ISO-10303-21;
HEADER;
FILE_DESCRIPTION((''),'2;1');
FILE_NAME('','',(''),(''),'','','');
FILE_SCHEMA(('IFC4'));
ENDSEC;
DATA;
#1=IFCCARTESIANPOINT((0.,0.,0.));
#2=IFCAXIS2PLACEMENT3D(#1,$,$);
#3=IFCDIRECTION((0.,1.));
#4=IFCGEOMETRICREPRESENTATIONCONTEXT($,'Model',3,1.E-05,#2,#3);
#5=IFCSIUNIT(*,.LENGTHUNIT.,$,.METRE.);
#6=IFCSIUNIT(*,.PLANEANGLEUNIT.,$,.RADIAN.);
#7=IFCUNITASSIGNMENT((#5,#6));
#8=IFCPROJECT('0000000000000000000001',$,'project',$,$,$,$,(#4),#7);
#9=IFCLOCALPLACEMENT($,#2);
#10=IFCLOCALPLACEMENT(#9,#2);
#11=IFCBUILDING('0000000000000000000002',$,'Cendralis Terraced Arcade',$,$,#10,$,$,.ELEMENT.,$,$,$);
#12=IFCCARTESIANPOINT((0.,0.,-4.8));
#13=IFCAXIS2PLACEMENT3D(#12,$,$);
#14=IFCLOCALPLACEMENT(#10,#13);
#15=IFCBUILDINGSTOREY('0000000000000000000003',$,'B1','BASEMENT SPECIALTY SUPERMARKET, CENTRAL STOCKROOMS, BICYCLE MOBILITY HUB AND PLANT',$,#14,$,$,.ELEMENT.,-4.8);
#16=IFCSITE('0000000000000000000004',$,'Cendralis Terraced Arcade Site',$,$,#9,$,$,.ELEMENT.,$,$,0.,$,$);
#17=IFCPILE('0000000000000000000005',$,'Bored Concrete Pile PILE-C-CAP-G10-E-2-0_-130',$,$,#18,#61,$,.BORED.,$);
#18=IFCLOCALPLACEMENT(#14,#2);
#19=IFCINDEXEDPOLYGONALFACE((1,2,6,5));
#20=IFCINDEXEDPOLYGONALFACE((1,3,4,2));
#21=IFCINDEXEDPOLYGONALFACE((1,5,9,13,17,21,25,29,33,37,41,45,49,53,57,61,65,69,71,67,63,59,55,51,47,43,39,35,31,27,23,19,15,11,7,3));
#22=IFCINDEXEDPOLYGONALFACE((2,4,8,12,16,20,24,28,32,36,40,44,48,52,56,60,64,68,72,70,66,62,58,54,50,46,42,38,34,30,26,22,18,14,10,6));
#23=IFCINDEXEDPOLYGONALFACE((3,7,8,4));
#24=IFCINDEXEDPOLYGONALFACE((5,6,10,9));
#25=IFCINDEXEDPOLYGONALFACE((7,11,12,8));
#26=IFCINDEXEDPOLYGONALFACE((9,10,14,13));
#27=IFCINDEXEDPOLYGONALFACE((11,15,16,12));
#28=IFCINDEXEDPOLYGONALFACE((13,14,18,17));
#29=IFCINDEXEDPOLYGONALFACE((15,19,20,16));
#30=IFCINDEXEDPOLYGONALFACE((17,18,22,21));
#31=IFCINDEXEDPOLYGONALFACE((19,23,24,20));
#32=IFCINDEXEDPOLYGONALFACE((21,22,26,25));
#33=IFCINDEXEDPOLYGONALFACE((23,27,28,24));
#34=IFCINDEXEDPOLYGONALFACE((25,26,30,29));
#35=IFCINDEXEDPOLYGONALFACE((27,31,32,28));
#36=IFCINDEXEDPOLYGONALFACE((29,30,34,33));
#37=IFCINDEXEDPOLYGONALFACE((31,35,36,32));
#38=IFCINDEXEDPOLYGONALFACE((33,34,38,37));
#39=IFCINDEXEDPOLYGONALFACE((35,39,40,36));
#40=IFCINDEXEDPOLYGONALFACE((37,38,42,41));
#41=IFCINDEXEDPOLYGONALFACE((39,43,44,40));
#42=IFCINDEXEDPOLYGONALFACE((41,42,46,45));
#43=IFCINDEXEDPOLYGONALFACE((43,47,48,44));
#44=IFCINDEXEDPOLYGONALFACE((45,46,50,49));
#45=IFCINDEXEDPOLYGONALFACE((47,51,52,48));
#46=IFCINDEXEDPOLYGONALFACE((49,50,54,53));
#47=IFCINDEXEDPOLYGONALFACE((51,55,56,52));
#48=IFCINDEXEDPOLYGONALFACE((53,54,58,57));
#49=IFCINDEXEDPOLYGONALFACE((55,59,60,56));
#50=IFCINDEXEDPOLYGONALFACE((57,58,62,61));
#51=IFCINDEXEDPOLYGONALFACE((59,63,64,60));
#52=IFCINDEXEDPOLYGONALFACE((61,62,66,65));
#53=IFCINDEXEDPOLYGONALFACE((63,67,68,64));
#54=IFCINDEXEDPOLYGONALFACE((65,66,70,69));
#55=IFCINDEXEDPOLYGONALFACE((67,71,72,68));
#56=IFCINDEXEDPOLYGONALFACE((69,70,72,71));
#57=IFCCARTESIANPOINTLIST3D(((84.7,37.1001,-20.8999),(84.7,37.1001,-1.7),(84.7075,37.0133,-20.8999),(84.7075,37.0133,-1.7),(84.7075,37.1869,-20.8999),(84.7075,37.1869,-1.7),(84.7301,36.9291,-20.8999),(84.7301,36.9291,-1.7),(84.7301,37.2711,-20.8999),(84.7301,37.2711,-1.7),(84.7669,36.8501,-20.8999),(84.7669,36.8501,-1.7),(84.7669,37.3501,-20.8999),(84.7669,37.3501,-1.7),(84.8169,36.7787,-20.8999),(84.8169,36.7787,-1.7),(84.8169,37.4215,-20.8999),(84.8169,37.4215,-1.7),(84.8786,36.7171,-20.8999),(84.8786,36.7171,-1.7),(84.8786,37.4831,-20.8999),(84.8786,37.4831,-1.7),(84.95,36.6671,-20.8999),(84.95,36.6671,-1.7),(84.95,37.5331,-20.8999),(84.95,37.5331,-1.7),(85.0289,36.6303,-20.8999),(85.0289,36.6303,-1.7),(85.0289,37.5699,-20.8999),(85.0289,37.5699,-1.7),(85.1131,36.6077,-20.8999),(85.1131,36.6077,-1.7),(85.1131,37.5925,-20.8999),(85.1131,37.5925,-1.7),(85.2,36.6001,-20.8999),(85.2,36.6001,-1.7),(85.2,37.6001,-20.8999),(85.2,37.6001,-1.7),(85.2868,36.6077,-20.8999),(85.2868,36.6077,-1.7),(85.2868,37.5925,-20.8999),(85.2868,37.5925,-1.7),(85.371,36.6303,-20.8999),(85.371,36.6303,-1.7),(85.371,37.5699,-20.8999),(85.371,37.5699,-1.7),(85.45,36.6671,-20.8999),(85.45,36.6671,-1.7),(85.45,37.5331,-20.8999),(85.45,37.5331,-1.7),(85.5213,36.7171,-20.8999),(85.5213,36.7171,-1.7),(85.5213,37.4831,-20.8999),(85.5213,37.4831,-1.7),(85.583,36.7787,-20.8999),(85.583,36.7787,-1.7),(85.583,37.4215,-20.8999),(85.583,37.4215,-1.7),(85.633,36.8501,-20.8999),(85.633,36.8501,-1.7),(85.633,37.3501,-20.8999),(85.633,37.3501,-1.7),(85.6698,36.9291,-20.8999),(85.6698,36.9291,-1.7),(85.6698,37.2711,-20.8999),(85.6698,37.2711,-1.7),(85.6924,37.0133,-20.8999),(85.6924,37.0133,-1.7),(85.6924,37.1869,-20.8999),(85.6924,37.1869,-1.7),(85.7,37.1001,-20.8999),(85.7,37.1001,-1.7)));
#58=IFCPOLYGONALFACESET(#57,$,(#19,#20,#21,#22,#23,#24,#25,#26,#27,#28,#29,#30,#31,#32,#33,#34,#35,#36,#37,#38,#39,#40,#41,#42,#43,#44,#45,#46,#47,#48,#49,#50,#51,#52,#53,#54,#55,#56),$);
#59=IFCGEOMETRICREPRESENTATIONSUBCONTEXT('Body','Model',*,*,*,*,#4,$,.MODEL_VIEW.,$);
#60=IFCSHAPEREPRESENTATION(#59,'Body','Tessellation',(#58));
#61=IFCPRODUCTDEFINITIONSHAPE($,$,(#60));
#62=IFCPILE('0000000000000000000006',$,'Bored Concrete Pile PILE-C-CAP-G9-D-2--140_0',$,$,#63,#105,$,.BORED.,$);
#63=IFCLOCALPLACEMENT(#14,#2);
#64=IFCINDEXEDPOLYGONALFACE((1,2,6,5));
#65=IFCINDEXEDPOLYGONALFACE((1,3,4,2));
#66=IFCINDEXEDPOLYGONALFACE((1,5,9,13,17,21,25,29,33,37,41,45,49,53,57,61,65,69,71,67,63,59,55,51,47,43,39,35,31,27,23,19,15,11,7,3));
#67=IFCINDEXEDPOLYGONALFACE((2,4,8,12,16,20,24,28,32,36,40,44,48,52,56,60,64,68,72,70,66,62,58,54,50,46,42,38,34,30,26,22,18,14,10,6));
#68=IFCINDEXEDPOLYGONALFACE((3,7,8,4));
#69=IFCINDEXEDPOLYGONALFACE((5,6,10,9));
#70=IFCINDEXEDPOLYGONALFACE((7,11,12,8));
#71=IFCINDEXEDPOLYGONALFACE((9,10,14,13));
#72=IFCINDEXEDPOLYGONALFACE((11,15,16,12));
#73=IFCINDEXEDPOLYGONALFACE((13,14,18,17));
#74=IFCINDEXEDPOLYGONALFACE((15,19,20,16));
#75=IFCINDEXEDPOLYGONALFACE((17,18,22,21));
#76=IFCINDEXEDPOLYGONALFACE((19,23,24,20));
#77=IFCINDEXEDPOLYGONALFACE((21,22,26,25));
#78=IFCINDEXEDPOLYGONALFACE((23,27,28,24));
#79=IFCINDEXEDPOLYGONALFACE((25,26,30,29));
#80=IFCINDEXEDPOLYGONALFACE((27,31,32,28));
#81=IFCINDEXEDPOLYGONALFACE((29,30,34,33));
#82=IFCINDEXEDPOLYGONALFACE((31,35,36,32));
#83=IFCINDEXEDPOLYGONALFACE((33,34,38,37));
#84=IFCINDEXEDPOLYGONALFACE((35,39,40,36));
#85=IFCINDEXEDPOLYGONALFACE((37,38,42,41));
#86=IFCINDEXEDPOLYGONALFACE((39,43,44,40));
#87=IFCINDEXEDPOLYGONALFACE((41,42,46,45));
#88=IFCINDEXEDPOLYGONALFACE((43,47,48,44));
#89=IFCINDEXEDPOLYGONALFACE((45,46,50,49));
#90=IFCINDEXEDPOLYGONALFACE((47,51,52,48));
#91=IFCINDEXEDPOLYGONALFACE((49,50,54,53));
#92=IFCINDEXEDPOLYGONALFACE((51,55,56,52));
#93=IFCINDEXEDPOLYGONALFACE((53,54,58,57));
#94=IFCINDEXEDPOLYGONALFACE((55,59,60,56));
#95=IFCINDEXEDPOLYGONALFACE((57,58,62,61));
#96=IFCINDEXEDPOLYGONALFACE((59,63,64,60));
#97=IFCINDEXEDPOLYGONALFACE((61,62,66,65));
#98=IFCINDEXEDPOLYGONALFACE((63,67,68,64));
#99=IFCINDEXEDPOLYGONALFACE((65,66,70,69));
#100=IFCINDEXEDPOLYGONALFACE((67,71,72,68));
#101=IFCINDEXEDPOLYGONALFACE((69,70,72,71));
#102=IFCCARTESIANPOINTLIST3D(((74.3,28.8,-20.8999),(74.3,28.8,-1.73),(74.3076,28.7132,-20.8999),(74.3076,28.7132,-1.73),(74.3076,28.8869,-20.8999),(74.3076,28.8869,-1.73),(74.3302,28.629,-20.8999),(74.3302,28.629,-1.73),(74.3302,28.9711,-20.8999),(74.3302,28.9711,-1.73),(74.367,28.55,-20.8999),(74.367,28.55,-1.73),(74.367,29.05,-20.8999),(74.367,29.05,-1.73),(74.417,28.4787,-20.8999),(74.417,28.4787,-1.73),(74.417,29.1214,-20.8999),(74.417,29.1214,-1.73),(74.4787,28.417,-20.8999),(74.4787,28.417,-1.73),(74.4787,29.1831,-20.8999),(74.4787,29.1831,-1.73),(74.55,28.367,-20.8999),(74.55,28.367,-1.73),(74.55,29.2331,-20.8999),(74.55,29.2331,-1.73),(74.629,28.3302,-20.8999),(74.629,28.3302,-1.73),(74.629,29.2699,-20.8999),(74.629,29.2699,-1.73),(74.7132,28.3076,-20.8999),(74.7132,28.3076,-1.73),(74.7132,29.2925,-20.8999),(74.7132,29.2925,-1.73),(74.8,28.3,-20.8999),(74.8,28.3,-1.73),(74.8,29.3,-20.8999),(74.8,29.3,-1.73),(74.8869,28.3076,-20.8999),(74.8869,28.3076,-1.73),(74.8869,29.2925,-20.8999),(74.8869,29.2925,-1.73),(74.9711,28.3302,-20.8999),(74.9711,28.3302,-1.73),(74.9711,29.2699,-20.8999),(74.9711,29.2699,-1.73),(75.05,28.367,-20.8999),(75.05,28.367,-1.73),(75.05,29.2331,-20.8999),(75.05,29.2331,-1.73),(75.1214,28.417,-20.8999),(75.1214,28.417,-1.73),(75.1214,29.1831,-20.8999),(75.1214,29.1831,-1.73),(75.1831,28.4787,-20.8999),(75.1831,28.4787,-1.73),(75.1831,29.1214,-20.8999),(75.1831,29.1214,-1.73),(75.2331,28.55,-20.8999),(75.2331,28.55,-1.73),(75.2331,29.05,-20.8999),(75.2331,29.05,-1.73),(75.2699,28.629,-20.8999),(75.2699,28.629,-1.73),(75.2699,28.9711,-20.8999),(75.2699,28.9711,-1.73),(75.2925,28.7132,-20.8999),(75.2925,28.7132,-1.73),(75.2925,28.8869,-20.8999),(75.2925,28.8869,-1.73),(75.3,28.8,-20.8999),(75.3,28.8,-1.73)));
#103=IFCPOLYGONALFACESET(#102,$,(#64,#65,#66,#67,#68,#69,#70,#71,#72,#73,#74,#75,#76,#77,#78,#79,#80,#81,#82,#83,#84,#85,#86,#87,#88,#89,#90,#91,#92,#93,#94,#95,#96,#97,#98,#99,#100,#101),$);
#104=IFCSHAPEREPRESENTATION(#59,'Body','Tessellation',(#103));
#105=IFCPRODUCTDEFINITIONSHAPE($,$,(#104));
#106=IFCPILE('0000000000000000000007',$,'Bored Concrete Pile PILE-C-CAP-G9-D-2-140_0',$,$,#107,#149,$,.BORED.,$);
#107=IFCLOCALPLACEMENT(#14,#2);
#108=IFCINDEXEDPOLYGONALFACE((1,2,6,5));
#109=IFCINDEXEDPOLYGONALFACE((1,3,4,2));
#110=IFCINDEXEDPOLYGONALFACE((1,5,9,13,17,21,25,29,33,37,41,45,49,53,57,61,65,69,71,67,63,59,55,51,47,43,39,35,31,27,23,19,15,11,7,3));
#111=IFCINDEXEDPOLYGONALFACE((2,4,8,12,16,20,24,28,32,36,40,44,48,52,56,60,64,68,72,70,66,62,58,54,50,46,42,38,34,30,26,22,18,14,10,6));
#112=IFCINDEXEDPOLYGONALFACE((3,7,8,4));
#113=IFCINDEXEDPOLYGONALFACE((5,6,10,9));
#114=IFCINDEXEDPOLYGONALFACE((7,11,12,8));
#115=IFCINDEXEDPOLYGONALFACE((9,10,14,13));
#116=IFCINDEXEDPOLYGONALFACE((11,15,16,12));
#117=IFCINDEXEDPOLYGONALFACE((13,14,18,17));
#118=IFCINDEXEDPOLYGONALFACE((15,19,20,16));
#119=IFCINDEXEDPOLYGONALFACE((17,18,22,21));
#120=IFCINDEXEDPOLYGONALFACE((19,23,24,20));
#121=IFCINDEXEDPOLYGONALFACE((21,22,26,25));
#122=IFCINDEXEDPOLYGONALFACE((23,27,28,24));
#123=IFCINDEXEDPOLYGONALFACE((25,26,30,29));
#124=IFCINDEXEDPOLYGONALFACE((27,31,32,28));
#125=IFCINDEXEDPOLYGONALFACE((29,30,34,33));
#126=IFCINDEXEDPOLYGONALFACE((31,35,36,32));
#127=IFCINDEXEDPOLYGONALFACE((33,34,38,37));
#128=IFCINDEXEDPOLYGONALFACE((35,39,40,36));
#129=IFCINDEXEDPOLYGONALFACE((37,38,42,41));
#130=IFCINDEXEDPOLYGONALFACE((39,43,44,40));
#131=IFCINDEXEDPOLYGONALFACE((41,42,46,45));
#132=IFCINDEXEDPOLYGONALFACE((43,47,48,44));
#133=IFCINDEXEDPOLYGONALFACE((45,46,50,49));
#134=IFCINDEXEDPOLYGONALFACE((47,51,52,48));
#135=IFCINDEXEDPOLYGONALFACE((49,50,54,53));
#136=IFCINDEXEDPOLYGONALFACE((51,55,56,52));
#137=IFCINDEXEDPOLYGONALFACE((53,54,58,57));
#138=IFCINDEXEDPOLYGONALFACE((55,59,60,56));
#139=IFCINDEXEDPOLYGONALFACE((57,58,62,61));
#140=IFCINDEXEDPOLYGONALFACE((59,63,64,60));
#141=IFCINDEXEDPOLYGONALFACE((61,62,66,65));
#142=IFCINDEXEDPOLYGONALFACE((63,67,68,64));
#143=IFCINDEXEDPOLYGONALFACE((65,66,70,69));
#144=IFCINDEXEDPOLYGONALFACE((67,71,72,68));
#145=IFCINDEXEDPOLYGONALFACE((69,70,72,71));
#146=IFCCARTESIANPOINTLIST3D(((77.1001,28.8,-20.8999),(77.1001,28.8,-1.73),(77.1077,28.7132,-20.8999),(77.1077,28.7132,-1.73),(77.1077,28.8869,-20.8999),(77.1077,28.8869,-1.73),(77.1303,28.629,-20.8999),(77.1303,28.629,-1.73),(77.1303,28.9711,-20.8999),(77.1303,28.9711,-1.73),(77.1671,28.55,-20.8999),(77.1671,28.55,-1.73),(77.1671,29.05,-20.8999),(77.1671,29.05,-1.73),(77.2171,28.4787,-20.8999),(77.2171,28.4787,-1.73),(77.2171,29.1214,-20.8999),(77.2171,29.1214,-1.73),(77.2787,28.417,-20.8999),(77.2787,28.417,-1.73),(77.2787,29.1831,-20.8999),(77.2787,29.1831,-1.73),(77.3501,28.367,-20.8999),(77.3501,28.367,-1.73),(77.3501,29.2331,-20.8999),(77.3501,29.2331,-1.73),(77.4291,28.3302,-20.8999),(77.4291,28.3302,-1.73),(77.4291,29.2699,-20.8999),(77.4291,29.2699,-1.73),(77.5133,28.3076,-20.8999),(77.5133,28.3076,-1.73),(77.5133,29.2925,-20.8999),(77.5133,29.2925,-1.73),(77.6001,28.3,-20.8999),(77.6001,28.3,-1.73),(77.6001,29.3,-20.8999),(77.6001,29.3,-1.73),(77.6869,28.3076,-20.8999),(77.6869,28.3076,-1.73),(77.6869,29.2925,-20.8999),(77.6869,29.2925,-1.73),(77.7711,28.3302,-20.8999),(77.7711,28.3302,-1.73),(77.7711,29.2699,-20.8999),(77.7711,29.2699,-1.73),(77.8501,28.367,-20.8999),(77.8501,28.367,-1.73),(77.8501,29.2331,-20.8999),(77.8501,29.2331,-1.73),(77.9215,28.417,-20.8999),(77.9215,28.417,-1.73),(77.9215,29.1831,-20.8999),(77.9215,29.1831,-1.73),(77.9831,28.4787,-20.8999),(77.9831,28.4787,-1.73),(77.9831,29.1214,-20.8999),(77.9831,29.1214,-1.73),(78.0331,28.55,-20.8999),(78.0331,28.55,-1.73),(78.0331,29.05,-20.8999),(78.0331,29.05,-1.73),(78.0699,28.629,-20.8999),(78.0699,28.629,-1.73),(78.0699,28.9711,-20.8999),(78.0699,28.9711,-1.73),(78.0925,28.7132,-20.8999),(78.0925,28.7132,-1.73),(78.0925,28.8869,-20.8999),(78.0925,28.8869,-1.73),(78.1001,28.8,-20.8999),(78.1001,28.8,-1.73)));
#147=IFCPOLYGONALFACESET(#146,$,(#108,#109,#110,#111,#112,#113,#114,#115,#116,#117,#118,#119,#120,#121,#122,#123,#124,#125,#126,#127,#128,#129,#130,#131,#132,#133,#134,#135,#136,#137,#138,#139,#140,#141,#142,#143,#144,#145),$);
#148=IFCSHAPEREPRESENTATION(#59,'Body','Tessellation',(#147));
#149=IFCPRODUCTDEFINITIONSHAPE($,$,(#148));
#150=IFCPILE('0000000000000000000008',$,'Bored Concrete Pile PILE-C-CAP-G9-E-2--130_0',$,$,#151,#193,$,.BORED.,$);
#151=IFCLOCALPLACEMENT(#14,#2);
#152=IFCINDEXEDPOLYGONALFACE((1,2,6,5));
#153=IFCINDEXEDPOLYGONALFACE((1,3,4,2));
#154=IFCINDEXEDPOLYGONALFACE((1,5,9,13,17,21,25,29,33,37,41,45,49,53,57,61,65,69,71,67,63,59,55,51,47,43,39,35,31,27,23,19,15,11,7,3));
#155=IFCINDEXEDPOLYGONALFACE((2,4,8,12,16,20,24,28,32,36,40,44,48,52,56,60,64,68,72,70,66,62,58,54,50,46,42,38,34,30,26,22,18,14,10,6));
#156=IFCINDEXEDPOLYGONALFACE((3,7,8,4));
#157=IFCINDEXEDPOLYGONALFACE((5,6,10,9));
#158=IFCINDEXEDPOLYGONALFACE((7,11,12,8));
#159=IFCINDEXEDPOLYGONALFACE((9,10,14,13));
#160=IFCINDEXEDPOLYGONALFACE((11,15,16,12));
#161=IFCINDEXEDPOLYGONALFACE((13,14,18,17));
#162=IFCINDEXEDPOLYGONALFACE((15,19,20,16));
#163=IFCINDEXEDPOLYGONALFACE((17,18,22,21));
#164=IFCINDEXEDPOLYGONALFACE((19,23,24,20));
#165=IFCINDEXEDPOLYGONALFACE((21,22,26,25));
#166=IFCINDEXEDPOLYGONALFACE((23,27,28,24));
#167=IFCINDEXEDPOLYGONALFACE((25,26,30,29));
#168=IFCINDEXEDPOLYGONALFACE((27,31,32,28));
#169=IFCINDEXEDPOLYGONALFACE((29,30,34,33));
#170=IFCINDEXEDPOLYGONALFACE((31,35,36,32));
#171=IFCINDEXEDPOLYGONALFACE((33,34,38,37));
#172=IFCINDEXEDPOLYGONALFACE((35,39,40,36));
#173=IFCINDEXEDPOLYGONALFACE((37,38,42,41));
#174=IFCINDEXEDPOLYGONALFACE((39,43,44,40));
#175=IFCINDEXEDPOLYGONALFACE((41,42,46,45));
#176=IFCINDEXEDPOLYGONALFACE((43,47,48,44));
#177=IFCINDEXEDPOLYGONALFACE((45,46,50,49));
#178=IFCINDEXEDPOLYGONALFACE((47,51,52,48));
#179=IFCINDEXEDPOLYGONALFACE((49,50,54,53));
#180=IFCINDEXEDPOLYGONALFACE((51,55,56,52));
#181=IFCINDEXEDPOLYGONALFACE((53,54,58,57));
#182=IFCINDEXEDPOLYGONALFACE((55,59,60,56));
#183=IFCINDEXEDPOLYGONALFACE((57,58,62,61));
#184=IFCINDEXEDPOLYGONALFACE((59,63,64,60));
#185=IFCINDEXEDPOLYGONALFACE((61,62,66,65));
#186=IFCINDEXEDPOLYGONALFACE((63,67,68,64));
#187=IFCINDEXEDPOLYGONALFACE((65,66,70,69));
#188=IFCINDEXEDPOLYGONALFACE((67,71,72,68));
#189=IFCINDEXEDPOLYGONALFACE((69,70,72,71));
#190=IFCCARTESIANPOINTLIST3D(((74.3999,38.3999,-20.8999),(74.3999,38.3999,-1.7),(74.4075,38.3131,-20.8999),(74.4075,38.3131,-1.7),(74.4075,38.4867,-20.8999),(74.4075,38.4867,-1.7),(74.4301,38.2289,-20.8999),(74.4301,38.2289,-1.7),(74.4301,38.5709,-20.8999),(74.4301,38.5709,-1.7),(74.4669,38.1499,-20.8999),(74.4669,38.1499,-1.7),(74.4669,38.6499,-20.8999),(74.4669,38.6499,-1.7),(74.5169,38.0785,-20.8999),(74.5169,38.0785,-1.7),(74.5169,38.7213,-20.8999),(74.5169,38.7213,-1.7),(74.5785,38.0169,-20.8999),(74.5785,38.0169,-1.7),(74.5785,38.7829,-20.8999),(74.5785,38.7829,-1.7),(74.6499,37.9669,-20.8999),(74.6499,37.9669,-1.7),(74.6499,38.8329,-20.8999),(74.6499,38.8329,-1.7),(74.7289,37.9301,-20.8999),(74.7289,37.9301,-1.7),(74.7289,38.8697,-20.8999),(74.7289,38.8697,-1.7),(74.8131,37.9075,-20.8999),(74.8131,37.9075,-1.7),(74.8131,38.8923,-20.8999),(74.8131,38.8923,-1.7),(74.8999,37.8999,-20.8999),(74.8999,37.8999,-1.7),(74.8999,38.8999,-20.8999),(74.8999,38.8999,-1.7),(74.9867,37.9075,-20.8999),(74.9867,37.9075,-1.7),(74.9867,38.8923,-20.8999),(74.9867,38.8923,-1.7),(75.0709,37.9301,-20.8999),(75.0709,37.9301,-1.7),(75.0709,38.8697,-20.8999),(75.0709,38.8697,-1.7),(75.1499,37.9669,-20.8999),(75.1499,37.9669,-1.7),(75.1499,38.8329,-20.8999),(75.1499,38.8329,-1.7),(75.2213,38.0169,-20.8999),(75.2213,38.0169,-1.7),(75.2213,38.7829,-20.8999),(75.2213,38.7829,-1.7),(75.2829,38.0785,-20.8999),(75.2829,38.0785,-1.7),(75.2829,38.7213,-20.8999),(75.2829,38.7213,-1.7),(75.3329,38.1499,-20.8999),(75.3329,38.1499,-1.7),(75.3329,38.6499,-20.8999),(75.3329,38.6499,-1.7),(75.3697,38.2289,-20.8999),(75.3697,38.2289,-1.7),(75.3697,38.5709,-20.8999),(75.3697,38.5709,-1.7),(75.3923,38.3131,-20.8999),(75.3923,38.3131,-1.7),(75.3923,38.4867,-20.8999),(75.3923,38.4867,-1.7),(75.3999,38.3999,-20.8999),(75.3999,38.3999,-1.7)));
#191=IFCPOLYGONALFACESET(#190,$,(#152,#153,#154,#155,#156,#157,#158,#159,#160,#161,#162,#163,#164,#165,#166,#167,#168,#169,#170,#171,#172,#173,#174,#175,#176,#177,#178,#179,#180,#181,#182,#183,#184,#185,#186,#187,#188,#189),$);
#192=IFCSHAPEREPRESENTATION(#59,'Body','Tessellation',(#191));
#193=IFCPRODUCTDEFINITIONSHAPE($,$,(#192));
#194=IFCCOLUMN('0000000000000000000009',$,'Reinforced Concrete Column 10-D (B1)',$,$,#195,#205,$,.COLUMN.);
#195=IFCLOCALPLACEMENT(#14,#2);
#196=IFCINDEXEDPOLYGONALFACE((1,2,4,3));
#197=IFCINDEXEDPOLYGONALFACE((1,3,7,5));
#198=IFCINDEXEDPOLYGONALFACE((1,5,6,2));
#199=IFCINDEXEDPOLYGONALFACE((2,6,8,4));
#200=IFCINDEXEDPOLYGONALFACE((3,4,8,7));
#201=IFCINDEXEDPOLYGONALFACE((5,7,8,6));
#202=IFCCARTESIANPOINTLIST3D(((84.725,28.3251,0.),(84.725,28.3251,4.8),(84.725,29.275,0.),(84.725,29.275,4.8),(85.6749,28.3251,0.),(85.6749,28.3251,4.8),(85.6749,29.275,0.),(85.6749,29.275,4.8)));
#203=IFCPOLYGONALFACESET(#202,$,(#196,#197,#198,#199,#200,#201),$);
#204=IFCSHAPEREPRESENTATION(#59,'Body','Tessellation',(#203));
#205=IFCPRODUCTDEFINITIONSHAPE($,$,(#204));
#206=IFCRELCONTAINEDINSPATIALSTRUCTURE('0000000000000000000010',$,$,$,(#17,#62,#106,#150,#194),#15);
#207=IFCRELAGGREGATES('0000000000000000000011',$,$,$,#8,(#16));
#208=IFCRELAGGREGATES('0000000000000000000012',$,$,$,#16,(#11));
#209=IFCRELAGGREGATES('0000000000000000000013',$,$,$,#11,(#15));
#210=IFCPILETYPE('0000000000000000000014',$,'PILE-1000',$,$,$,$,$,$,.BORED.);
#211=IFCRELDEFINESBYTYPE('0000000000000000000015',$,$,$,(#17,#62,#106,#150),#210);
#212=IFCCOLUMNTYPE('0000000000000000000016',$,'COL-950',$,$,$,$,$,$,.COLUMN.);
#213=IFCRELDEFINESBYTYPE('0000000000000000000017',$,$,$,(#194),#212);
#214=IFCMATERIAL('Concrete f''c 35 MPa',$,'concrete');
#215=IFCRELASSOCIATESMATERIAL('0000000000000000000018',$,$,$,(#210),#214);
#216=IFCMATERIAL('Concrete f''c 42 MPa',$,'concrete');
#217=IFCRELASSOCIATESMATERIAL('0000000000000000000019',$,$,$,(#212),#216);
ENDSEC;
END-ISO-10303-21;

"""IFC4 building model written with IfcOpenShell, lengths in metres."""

from ifc_helpers import new_model, si_unit, direction, frame, origin, origin_2d, place, context, subcontext, project, spatial, rectangle, circle, extrude, material, material_profile, profile_set, type_object, element, save


model = new_model("IFC4")

# Units and contexts
model_context = context("Model", 3, precision=1e-05, world=origin(), true_north=direction((0.0, 1.0)))
body_context = subcontext(model_context, "Body", "Model", "MODEL_VIEW")
ifc_project = project(units=[si_unit("LENGTHUNIT", "METRE"), si_unit("PLANEANGLEUNIT", "RADIAN")], contexts=[model_context])

# Site, building, storey
site_placement = place(None, origin())
site = spatial("IfcSite", under=ifc_project, at=site_placement, Name="Cendralis Terraced Arcade Site", CompositionType="ELEMENT", RefElevation=0.0)
building_placement = place(site_placement, origin())
building = spatial("IfcBuilding", under=site, at=building_placement, Name="Cendralis Terraced Arcade", CompositionType="ELEMENT")
storey_placement = place(building_placement, frame((0.0, 0.0, -4.8)))
storey = spatial("IfcBuildingStorey", under=building, at=storey_placement, Name="B1", Description="BASEMENT SPECIALTY SUPERMARKET, CENTRAL STOCKROOMS, BICYCLE MOBILITY HUB AND PLANT", CompositionType="ELEMENT", Elevation=-4.8)

# Shared definitions
ifc_material_1 = material(Name="Concrete f'c 35 MPa", Category="concrete")

# Piles
ifc_material_profile_1 = material_profile(ifc_material_1, circle(Radius=0.5, at=origin_2d()), Name="PILE-D1000", Category="LoadBearing")
ifc_profile_set_1 = profile_set([ifc_material_profile_1], Name="Concrete f'c 35 MPa")
pile_type = type_object("IfcPileType", Name="PILE-1000", PredefinedType="BORED", material=ifc_profile_set_1)
pile_1_placement = place(storey_placement, frame((85.2, 37.1001, -1.7), z_axis=(0.0, 0.0, -1.0), x_axis=(1.0, 0.0, 0.0)))
element("IfcPile", 1, at=pile_1_placement, inside=storey, type_object=pile_type, Name="Bored Concrete Pile PILE-C-CAP-G10-E-2-0_-130", PredefinedType="BORED", context=body_context, shape_type="SweptSolid", body=[
    extrude(circle(Radius=0.5, at=origin_2d()), origin(), (0.0, 0.0, 1.0), 19.2),
])
for number, where, z_axis, x_axis, name in (
    (2, (74.8, 28.8, -1.73), (0.0, 0.0, -1.0), (1.0, 0.0, 0.0), "Bored Concrete Pile PILE-C-CAP-G9-D-2--140_0"),
    (3, (77.6001, 28.8, -1.73), (0.0, 0.0, -1.0), (1.0, 0.0, 0.0), "Bored Concrete Pile PILE-C-CAP-G9-D-2-140_0"),
):
    element("IfcPile", number, at=place(storey_placement, frame(where, z_axis=z_axis, x_axis=x_axis)), inside=storey, type_object=pile_type, Name=name, PredefinedType="BORED", context=body_context, shape_type="SweptSolid", body=[
        extrude(circle(Radius=0.5, at=origin_2d()), origin(), (0.0, 0.0, 1.0), 19.1699),
    ])
pile_2_placement = place(storey_placement, frame((74.8999, 38.3999, -1.7), z_axis=(0.0, 0.0, -1.0), x_axis=(1.0, 0.0, 0.0)))
element("IfcPile", 4, at=pile_2_placement, inside=storey, type_object=pile_type, Name="Bored Concrete Pile PILE-C-CAP-G9-E-2--130_0", PredefinedType="BORED", context=body_context, shape_type="SweptSolid", body=[
    extrude(circle(Radius=0.5, at=origin_2d()), origin(), (0.0, 0.0, 1.0), 19.2),
])

# Column
ifc_material_2 = material(Name="Concrete f'c 42 MPa", Category="concrete")
ifc_material_profile_2 = material_profile(ifc_material_2, rectangle(XDim=0.95, YDim=0.95, at=origin_2d()), Name="RC-COL-950x950", Category="LoadBearing")
ifc_profile_set_2 = profile_set([ifc_material_profile_2], Name="Concrete f'c 42 MPa")
column_type = type_object("IfcColumnType", Name="COL-950", PredefinedType="COLUMN", material=ifc_profile_set_2)
for number, where, z_axis, x_axis, name in (
    (5, (85.2, 28.8, 0.0), (0.0, 0.0, 1.0), (1.0, 0.0, 0.0), "Reinforced Concrete Column 10-D (B1)"),
):
    element("IfcColumn", number, at=place(storey_placement, frame(where, z_axis=z_axis, x_axis=x_axis)), inside=storey, type_object=column_type, Name=name, PredefinedType="COLUMN", context=body_context, shape_type="SweptSolid", body=[
        extrude(rectangle(XDim=0.95, YDim=0.95, at=origin_2d()), origin(), (0.0, 0.0, 1.0), 4.8),
    ])

save(model, "model.ifc")
